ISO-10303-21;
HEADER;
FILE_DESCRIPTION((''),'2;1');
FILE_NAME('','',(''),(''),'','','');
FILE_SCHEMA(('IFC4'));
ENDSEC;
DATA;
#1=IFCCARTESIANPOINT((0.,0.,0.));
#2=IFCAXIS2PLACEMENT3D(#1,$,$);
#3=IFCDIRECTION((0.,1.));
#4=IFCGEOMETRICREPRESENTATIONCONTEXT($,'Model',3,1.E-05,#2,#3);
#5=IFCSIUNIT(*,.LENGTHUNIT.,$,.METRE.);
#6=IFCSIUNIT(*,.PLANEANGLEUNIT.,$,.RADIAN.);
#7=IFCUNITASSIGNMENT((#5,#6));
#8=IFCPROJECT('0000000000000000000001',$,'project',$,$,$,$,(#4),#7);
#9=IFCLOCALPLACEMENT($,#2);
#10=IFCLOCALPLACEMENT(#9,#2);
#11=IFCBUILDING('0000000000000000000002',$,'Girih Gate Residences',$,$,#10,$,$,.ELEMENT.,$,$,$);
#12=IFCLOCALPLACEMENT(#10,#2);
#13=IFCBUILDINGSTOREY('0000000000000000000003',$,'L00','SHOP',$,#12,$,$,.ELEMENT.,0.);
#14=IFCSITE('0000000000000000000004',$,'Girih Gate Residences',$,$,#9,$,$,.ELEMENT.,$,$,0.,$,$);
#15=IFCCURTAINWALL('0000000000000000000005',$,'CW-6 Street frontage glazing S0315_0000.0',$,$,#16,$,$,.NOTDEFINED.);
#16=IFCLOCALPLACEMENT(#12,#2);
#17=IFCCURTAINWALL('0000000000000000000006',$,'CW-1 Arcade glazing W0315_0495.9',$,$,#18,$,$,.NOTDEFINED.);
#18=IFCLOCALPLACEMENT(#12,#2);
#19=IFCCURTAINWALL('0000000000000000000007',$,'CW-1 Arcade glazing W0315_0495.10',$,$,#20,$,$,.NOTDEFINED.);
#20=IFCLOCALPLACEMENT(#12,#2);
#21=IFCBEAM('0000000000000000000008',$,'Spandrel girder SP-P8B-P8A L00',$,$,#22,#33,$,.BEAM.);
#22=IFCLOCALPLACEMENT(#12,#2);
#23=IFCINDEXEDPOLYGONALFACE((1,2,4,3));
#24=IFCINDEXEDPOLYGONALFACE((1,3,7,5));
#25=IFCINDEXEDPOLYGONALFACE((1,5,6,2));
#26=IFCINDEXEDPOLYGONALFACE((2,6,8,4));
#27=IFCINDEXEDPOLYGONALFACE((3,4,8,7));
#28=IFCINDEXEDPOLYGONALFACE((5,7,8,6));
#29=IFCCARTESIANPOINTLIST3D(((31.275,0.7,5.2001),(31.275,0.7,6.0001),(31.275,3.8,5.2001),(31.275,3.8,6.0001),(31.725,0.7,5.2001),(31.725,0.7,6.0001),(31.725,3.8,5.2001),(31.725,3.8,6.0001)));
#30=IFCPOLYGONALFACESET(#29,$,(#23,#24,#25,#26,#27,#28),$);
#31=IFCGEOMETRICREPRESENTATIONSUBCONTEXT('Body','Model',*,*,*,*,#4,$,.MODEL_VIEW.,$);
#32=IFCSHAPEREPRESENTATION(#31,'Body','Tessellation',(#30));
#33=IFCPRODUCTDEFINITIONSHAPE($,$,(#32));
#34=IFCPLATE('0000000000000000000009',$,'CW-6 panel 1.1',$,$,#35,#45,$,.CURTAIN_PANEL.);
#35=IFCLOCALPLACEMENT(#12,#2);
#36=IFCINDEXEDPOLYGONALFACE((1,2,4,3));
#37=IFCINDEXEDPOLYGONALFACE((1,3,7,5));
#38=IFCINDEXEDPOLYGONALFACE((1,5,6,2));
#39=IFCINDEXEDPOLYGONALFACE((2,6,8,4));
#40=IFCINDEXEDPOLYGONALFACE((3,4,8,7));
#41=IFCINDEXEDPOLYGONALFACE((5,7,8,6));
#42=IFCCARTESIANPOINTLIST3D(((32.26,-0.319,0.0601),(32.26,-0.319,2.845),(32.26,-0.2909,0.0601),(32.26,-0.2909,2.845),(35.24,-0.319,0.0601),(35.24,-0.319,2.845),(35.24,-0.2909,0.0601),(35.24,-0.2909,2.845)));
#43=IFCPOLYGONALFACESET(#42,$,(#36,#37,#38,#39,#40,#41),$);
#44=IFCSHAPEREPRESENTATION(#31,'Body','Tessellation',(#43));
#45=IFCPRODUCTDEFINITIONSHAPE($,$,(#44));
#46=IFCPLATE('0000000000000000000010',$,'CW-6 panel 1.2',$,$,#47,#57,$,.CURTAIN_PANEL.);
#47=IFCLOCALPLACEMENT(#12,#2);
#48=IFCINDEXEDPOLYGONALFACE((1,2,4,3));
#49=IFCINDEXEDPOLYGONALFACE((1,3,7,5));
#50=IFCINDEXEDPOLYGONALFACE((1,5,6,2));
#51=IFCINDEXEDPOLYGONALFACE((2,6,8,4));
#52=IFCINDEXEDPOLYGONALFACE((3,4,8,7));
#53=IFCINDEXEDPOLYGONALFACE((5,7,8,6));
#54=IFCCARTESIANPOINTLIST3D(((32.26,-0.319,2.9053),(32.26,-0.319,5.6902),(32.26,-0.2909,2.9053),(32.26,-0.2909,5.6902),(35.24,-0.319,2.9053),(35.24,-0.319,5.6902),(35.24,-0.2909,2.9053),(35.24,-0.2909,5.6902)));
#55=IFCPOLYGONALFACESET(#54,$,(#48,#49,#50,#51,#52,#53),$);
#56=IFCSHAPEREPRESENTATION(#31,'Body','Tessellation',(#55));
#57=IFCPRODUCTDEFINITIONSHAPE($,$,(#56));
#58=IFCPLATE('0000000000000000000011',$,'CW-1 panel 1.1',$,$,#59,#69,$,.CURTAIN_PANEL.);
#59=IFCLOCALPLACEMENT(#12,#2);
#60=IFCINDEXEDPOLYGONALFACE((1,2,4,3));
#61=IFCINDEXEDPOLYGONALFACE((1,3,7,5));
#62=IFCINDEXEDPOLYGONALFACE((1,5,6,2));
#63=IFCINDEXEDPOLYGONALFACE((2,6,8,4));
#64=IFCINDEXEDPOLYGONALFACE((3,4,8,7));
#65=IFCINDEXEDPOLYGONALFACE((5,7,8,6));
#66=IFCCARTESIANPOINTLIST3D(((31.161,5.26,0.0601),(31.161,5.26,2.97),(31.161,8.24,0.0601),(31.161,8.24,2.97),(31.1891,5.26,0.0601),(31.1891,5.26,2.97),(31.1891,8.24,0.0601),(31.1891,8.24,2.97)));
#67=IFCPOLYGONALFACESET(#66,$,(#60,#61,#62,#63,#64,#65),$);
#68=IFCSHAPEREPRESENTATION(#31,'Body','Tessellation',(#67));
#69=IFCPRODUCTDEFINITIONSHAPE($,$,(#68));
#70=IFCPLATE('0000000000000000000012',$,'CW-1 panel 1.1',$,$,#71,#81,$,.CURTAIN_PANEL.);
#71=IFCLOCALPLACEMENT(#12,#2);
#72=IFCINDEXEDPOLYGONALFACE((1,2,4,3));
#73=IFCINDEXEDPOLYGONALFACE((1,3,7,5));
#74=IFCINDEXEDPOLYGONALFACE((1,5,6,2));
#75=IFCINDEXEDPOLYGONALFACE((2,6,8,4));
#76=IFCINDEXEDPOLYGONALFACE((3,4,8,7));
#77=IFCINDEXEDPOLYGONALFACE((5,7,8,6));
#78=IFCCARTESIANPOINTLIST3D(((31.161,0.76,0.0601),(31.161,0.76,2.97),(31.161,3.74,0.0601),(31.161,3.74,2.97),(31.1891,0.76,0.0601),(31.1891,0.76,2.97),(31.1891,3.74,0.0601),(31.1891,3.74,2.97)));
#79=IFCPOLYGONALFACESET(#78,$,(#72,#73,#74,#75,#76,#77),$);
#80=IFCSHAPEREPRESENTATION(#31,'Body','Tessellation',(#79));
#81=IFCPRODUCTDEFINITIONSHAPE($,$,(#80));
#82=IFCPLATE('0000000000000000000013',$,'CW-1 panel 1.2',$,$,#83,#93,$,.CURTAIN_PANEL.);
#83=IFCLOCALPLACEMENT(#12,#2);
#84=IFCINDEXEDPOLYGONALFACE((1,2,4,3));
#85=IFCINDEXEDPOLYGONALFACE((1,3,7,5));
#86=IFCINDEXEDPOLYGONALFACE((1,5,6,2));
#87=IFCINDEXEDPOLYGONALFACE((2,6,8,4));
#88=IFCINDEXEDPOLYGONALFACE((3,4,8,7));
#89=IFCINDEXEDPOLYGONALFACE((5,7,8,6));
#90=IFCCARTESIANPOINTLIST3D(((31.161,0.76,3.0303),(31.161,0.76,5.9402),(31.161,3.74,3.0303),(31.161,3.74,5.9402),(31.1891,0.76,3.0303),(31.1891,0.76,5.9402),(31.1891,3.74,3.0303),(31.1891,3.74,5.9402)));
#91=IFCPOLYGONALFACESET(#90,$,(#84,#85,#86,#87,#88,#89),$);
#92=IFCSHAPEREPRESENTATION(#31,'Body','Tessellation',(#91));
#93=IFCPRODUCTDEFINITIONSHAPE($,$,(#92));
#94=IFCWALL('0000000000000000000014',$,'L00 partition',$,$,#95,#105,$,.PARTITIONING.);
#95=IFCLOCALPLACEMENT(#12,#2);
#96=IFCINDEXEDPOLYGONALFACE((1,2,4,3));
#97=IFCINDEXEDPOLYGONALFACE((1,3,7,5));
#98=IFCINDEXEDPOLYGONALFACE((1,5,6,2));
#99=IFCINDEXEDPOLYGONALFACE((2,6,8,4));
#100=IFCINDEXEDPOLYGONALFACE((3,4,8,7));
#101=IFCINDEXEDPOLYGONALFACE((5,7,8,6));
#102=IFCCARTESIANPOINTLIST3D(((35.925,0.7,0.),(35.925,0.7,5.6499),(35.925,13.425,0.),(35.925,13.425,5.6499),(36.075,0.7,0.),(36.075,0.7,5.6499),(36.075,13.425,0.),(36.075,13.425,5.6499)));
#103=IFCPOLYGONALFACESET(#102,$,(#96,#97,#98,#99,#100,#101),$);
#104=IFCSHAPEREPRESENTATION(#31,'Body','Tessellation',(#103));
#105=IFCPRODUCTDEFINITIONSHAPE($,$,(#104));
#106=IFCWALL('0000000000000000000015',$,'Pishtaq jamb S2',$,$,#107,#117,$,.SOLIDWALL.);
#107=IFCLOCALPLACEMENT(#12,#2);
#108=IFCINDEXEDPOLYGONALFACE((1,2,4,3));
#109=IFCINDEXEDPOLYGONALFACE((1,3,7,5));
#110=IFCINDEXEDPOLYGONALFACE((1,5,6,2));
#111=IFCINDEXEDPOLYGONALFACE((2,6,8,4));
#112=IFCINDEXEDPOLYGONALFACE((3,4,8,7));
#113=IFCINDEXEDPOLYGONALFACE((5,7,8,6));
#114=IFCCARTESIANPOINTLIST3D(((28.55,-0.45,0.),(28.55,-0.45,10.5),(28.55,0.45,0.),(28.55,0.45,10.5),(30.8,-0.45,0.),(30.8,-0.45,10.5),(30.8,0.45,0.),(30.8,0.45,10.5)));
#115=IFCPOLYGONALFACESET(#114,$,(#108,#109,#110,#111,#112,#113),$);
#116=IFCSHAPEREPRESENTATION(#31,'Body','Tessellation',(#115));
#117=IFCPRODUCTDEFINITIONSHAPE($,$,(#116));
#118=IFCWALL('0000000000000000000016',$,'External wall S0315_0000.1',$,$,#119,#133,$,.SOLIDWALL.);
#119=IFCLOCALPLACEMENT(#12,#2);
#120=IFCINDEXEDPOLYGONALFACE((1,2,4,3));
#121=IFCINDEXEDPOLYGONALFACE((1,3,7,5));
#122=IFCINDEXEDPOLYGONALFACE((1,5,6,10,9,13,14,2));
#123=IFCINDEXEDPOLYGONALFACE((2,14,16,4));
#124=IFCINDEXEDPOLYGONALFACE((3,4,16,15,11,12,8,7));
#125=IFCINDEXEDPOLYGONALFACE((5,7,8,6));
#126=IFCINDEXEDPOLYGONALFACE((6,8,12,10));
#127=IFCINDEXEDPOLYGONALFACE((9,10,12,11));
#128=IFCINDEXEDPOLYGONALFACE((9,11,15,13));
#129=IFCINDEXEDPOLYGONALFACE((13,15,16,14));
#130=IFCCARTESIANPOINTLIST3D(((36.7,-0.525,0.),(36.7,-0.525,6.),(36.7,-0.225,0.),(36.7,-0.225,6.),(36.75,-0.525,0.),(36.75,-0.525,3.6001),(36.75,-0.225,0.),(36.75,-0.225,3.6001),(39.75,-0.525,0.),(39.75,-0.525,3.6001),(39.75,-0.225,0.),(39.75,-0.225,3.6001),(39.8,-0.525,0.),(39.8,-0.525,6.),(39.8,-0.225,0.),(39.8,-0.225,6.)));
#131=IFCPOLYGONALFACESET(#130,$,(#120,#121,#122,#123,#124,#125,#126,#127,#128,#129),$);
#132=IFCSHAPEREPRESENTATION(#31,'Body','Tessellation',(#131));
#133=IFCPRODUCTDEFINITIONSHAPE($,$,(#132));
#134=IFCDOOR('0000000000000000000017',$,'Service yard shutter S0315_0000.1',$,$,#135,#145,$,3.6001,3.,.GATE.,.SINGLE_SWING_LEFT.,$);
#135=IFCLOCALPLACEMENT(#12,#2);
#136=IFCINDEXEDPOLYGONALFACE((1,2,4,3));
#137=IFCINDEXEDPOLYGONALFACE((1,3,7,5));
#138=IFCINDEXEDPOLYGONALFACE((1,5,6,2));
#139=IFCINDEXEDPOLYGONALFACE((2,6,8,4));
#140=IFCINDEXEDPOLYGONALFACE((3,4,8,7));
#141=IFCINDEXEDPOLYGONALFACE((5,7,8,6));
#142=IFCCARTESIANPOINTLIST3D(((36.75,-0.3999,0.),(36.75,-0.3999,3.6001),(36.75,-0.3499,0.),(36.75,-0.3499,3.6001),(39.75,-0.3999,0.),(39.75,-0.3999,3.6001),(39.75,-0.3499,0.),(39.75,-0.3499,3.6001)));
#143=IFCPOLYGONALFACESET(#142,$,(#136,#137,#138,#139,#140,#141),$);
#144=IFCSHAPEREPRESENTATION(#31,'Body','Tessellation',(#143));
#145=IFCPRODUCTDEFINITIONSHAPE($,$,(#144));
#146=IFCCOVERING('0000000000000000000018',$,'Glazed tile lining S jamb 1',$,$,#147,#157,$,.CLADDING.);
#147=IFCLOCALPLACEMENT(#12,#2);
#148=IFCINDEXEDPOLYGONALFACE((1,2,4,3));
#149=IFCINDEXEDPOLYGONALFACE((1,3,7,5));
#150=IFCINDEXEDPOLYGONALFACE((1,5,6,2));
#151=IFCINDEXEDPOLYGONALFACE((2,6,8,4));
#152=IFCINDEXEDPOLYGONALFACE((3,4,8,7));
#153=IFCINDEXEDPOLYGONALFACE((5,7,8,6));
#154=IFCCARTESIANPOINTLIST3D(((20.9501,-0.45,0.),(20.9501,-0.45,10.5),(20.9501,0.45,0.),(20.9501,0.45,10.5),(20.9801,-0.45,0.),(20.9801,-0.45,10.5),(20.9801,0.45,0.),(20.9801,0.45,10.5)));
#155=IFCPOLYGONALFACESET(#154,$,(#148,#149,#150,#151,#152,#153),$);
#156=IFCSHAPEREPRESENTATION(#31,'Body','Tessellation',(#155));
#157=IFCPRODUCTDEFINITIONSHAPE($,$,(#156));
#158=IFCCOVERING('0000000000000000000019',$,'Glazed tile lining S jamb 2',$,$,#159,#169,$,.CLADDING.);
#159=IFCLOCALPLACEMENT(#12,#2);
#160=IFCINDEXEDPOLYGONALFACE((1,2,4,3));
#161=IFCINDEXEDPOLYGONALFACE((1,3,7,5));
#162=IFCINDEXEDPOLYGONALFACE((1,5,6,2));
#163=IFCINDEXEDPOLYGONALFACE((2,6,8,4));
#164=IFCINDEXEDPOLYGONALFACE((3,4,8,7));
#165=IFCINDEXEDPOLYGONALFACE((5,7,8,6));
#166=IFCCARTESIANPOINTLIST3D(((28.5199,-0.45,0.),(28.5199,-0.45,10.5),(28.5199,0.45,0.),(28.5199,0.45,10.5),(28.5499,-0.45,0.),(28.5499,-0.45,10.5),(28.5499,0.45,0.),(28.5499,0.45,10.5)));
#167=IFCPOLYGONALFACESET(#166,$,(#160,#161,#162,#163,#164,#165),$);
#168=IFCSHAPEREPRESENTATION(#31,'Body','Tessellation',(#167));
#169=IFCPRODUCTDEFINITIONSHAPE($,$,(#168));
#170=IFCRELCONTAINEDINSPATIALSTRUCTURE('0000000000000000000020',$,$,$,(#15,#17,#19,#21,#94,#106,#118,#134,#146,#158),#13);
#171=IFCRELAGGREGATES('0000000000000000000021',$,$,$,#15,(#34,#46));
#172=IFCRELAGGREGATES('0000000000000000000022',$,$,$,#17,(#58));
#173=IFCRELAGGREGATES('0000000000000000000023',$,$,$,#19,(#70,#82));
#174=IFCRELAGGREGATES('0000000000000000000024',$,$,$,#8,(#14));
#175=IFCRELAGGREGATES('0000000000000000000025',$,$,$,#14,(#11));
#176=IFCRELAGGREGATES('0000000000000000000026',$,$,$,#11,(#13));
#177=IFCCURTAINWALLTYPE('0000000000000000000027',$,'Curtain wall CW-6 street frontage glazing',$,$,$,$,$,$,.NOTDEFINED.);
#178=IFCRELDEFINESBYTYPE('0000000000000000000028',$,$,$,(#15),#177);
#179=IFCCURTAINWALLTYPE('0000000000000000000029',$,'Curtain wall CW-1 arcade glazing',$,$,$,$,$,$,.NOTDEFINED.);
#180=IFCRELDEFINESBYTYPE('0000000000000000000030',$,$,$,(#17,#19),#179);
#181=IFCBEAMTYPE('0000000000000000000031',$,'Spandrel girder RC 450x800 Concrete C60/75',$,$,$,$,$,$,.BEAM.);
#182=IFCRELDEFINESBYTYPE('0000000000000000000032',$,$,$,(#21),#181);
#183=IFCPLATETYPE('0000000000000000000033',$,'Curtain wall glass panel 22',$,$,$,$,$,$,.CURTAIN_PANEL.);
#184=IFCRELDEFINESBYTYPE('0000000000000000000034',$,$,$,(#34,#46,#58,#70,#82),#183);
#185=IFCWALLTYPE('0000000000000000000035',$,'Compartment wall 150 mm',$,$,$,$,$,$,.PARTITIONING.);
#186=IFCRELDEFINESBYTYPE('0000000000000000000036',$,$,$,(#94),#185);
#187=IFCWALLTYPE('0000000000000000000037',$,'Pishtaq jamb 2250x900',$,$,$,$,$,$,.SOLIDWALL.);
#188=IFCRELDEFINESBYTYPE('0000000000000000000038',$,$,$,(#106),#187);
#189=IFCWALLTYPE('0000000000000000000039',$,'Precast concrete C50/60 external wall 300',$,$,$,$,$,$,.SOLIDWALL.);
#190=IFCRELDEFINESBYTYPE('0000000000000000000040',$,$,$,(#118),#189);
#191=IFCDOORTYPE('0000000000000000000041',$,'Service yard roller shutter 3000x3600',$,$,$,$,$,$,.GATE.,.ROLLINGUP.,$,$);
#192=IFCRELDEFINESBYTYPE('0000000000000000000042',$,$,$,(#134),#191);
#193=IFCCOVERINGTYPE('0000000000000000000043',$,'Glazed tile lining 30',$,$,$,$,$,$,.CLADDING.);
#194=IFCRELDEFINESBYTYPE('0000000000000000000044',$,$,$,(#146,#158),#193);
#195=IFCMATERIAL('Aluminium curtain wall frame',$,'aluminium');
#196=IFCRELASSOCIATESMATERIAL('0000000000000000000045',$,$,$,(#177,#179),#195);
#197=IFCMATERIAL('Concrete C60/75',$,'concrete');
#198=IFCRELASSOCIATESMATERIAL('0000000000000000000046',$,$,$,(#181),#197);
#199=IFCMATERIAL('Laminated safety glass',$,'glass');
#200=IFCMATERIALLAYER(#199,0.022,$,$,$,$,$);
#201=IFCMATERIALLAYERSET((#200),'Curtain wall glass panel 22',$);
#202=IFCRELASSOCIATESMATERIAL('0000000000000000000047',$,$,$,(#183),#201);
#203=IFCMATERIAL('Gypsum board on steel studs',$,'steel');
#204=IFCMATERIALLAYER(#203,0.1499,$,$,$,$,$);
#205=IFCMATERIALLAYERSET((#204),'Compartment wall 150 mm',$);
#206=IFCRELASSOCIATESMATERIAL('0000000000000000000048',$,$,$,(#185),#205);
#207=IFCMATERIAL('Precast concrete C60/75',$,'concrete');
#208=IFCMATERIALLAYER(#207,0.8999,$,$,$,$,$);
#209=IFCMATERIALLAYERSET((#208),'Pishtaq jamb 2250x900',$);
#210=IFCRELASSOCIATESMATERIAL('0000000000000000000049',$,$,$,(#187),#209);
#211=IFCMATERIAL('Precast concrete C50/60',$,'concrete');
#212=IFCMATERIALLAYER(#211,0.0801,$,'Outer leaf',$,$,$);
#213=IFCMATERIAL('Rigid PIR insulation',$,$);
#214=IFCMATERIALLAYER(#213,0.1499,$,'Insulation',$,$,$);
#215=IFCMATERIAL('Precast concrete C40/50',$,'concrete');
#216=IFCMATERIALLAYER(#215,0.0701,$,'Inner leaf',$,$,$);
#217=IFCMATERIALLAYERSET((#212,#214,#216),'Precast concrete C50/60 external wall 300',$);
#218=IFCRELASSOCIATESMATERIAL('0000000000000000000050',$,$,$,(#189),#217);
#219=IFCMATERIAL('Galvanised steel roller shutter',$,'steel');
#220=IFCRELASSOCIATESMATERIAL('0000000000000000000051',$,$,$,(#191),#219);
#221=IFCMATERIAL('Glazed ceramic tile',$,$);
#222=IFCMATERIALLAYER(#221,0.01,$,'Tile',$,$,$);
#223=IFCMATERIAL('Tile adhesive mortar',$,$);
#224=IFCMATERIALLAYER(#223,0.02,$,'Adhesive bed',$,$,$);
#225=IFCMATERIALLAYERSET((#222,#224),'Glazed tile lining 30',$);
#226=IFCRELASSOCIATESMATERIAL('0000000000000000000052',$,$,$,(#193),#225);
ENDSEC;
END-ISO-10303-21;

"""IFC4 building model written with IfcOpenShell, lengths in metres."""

from ifc_helpers import new_model, si_unit, direction, frame, frame_2d, origin, origin_2d, place, context, subcontext, project, spatial, rectangle, extrude, material, layer, layer_set, material_profile, profile_set, type_object, element, fill, aggregate, save


model = new_model("IFC4")

# Units and contexts
model_context = context("Model", 3, precision=1e-05, world=origin(), true_north=direction((0.0, 1.0)))
body_context = subcontext(model_context, "Body", "Model", "MODEL_VIEW")
ifc_project = project(units=[si_unit("LENGTHUNIT", "METRE"), si_unit("PLANEANGLEUNIT", "RADIAN")], contexts=[model_context])

# Site, building, storey
site_placement = place(None, origin())
site = spatial("IfcSite", under=ifc_project, at=site_placement, Name="Girih Gate Residences", CompositionType="ELEMENT", RefElevation=0.0)
building_placement = place(site_placement, origin())
building = spatial("IfcBuilding", under=site, at=building_placement, Name="Girih Gate Residences", CompositionType="ELEMENT")
storey_placement = place(building_placement, origin())
storey = spatial("IfcBuildingStorey", under=building, at=storey_placement, Name="L00", Description="SHOP", CompositionType="ELEMENT", Elevation=0.0)

# Curtain wall
ifc_material_1 = material(Name="Aluminium curtain wall frame", Category="aluminium")
curtain_wall_type_1 = type_object("IfcCurtainWallType", Name="Curtain wall CW-6 street frontage glazing", PredefinedType="NOTDEFINED", material=ifc_material_1)
curtain_wall_1_placement = place(storey_placement, origin())
curtain_wall_1 = element("IfcCurtainWall", 1, at=curtain_wall_1_placement, inside=storey, type_object=curtain_wall_type_1, Name="CW-6 Street frontage glazing S0315_0000.0", PredefinedType="NOTDEFINED")

# Curtain wall
curtain_wall_type_2 = type_object("IfcCurtainWallType", Name="Curtain wall CW-1 arcade glazing", PredefinedType="NOTDEFINED", material=ifc_material_1)
curtain_wall_2_placement = place(storey_placement, origin())
curtain_wall_2 = element("IfcCurtainWall", 2, at=curtain_wall_2_placement, inside=storey, type_object=curtain_wall_type_2, Name="CW-1 Arcade glazing W0315_0495.9", PredefinedType="NOTDEFINED")

# Curtain wall
curtain_wall_3_placement = place(storey_placement, origin())
curtain_wall_3 = element("IfcCurtainWall", 3, at=curtain_wall_3_placement, inside=storey, type_object=curtain_wall_type_2, Name="CW-1 Arcade glazing W0315_0495.10", PredefinedType="NOTDEFINED")

# Beam
ifc_material_2 = material(Name="Concrete C60/75", Category="concrete")
ifc_material_profile_1 = material_profile(ifc_material_2, rectangle(XDim=0.45, YDim=0.8, at=origin_2d()))
ifc_profile_set_1 = profile_set([ifc_material_profile_1], Name="Concrete C60/75")
beam_type = type_object("IfcBeamType", Name="Spandrel girder RC 450x800 Concrete C60/75", PredefinedType="BEAM", material=ifc_profile_set_1)
for number, where, z_axis, x_axis, name in (
    (4, (31.5, 3.8, 5.6001), (0.0, -1.0, 0.0), (1.0, 0.0, 0.0), "Spandrel girder SP-P8B-P8A L00"),
):
    element("IfcBeam", number, at=place(storey_placement, frame(where, z_axis=z_axis, x_axis=x_axis)), inside=storey, type_object=beam_type, Name=name, PredefinedType="BEAM", context=body_context, shape_type="SweptSolid", body=[
        extrude(rectangle(XDim=0.45, YDim=0.8, at=origin_2d()), origin(), (0.0, 0.0, 1.0), 3.1001),
    ])

# Plates
ifc_material_3 = material(Name="Laminated safety glass", Category="glass")
ifc_layer_1 = layer(ifc_material_3, 0.022)
ifc_layer_set_1 = layer_set([ifc_layer_1], Name="Curtain wall glass panel 22")
plate_type = type_object("IfcPlateType", Name="Curtain wall glass panel 22", PredefinedType="CURTAIN_PANEL", material=ifc_layer_set_1)
plate_1_placement = place(storey_placement, frame((33.75, -0.3049, 0.0601), z_axis=(0.0, 0.0, 1.0), x_axis=(1.0, 0.0, 0.0)))
plate_1 = element("IfcPlate", 5, at=plate_1_placement, type_object=plate_type, Name="CW-6 panel 1.1", PredefinedType="CURTAIN_PANEL", context=body_context, shape_type="SweptSolid", body=[
    extrude(rectangle(XDim=2.98, YDim=0.0281, at=origin_2d()), origin(), (0.0, 0.0, 1.0), 2.7849),
])
plate_2_placement = place(storey_placement, frame((33.75, -0.3049, 2.9053), z_axis=(0.0, 0.0, 1.0), x_axis=(1.0, 0.0, 0.0)))
plate_2 = element("IfcPlate", 6, at=plate_2_placement, type_object=plate_type, Name="CW-6 panel 1.2", PredefinedType="CURTAIN_PANEL", context=body_context, shape_type="SweptSolid", body=[
    extrude(rectangle(XDim=2.98, YDim=0.0281, at=origin_2d()), origin(), (0.0, 0.0, 1.0), 2.7849),
])
aggregate(curtain_wall_1, [plate_1, plate_2])
plate_3_placement = place(storey_placement, frame((31.175, 6.75, 0.0601), z_axis=(0.0, 0.0, 1.0), x_axis=(0.0, -1.0, 0.0)))
plate_3 = element("IfcPlate", 7, at=plate_3_placement, type_object=plate_type, Name="CW-1 panel 1.1", PredefinedType="CURTAIN_PANEL", context=body_context, shape_type="SweptSolid", body=[
    extrude(rectangle(XDim=2.98, YDim=0.0281, at=origin_2d()), origin(), (0.0, 0.0, 1.0), 2.9099),
])
aggregate(curtain_wall_2, [plate_3])
plate_4_placement = place(storey_placement, frame((31.175, 2.25, 0.0601), z_axis=(0.0, 0.0, 1.0), x_axis=(0.0, -1.0, 0.0)))
plate_4 = element("IfcPlate", 8, at=plate_4_placement, type_object=plate_type, Name="CW-1 panel 1.1", PredefinedType="CURTAIN_PANEL", context=body_context, shape_type="SweptSolid", body=[
    extrude(rectangle(XDim=2.98, YDim=0.0281, at=origin_2d()), origin(), (0.0, 0.0, 1.0), 2.9099),
])
plate_5_placement = place(storey_placement, frame((31.175, 2.25, 3.0303), z_axis=(0.0, 0.0, 1.0), x_axis=(0.0, -1.0, 0.0)))
plate_5 = element("IfcPlate", 9, at=plate_5_placement, type_object=plate_type, Name="CW-1 panel 1.2", PredefinedType="CURTAIN_PANEL", context=body_context, shape_type="SweptSolid", body=[
    extrude(rectangle(XDim=2.98, YDim=0.0281, at=origin_2d()), origin(), (0.0, 0.0, 1.0), 2.9099),
])
aggregate(curtain_wall_3, [plate_4, plate_5])

# Walls
ifc_material_4 = material(Name="Gypsum board on steel studs", Category="steel")
ifc_layer_2 = layer(ifc_material_4, 0.1499)
ifc_layer_set_2 = layer_set([ifc_layer_2], Name="Compartment wall 150 mm")
wall_type_1 = type_object("IfcWallType", Name="Compartment wall 150 mm", PredefinedType="PARTITIONING", material=ifc_layer_set_2)
wall_1_placement = place(storey_placement, frame((36.0, 0.7, 0.0), z_axis=(0.0, 0.0, 1.0), x_axis=(0.0, 1.0, 0.0)))
element("IfcWall", 10, at=wall_1_placement, inside=storey, type_object=wall_type_1, Name="L00 partition", PredefinedType="PARTITIONING", context=body_context, shape_type="SweptSolid", body=[
    extrude(rectangle(XDim=12.7251, YDim=0.1499, at=frame_2d((6.3625, 0.0))), origin(), (0.0, 0.0, 1.0), 5.6499),
])
ifc_material_5 = material(Name="Precast concrete C60/75", Category="concrete")
ifc_layer_3 = layer(ifc_material_5, 0.8999)
ifc_layer_set_3 = layer_set([ifc_layer_3], Name="Pishtaq jamb 2250x900")
wall_type_2 = type_object("IfcWallType", Name="Pishtaq jamb 2250x900", PredefinedType="SOLIDWALL", material=ifc_layer_set_3)
wall_2_placement = place(storey_placement, frame((28.55, 0.0, 0.0), z_axis=(0.0, 0.0, 1.0), x_axis=(1.0, 0.0, 0.0)))
element("IfcWall", 11, at=wall_2_placement, inside=storey, type_object=wall_type_2, Name="Pishtaq jamb S2", PredefinedType="SOLIDWALL", context=body_context, shape_type="SweptSolid", body=[
    extrude(rectangle(XDim=2.25, YDim=0.8999, at=frame_2d((1.125, 0.0))), origin(), (0.0, 0.0, 1.0), 10.5),
])

# Wall, opening, door
ifc_material_6 = material(Name="Precast concrete C50/60", Category="concrete")
ifc_layer_4 = layer(ifc_material_6, 0.0801, Name="Outer leaf")
ifc_material_7 = material(Name="Rigid PIR insulation")
ifc_layer_5 = layer(ifc_material_7, 0.1499, Name="Insulation")
ifc_material_8 = material(Name="Precast concrete C40/50", Category="concrete")
ifc_layer_6 = layer(ifc_material_8, 0.0701, Name="Inner leaf")
ifc_layer_set_4 = layer_set([ifc_layer_4, ifc_layer_5, ifc_layer_6], Name="Precast concrete C50/60 external wall 300")
wall_type_3 = type_object("IfcWallType", Name="Precast concrete C50/60 external wall 300", PredefinedType="SOLIDWALL", material=ifc_layer_set_4)
wall_3_placement = place(storey_placement, frame((39.8, -0.375, 0.0), z_axis=(0.0, 0.0, 1.0), x_axis=(-1.0, 0.0, 0.0)))
wall_3 = element("IfcWall", 12, at=wall_3_placement, inside=storey, type_object=wall_type_3, Name="External wall S0315_0000.1", PredefinedType="SOLIDWALL", context=body_context, shape_type="SweptSolid", body=[
    extrude(rectangle(XDim=3.1001, YDim=0.3, at=frame_2d((1.55, 0.0))), origin(), (0.0, 0.0, 1.0), 6.0),
])
opening_placement = place(wall_3_placement, frame((0.05, 0.0, 0.0)))
opening = element("IfcOpeningElement", 13, at=opening_placement, cuts=wall_3, PredefinedType="OPENING", context=body_context, shape_type="SweptSolid", body=[
    extrude(rectangle(XDim=3.0, YDim=3.6001, at=frame_2d((1.5, 1.8))), frame((0.0, 0.1599, 0.0), z_axis=(0.0, -1.0, 0.0), x_axis=(1.0, 0.0, 0.0)), (0.0, 0.0, 1.0), 0.3201),
])
ifc_material_9 = material(Name="Galvanised steel roller shutter", Category="steel")
door_type = type_object("IfcDoorType", Name="Service yard roller shutter 3000x3600", OperationType="ROLLINGUP", PredefinedType="GATE", material=ifc_material_9)
door_placement = place(opening_placement, origin())
door = element("IfcDoor", 14, at=door_placement, inside=storey, type_object=door_type, Name="Service yard shutter S0315_0000.1", OperationType="SINGLE_SWING_LEFT", OverallHeight=3.6001, OverallWidth=3.0, PredefinedType="GATE", context=body_context, shape_type="SweptSolid", body=[
    extrude(rectangle(XDim=3.0, YDim=3.6001, at=frame_2d((1.5, 1.8))), frame((0.0, 0.0249, 0.0), z_axis=(0.0, -1.0, 0.0), x_axis=(1.0, 0.0, 0.0)), (0.0, 0.0, 1.0), 0.05),
])
fill(opening, door)

# Coverings
ifc_material_10 = material(Name="Glazed ceramic tile")
ifc_layer_7 = layer(ifc_material_10, 0.01, Name="Tile")
ifc_material_11 = material(Name="Tile adhesive mortar")
ifc_layer_8 = layer(ifc_material_11, 0.02, Name="Adhesive bed")
ifc_layer_set_5 = layer_set([ifc_layer_7, ifc_layer_8], Name="Glazed tile lining 30")
covering_type = type_object("IfcCoveringType", Name="Glazed tile lining 30", PredefinedType="CLADDING", material=ifc_layer_set_5)
for number, where, z_axis, x_axis, name in (
    (15, (20.9651, 0.0, 0.0), (0.0, 0.0, 1.0), (1.0, 0.0, 0.0), "Glazed tile lining S jamb 1"),
    (16, (28.5349, 0.0, 0.0), (0.0, 0.0, 1.0), (1.0, 0.0, 0.0), "Glazed tile lining S jamb 2"),
):
    element("IfcCovering", number, at=place(storey_placement, frame(where, z_axis=z_axis, x_axis=x_axis)), inside=storey, type_object=covering_type, Name=name, PredefinedType="CLADDING", context=body_context, shape_type="SweptSolid", body=[
        extrude(rectangle(XDim=0.03, YDim=0.8999, at=origin_2d()), origin(), (0.0, 0.0, 1.0), 10.5),
    ])

save(model, "model.ifc")
